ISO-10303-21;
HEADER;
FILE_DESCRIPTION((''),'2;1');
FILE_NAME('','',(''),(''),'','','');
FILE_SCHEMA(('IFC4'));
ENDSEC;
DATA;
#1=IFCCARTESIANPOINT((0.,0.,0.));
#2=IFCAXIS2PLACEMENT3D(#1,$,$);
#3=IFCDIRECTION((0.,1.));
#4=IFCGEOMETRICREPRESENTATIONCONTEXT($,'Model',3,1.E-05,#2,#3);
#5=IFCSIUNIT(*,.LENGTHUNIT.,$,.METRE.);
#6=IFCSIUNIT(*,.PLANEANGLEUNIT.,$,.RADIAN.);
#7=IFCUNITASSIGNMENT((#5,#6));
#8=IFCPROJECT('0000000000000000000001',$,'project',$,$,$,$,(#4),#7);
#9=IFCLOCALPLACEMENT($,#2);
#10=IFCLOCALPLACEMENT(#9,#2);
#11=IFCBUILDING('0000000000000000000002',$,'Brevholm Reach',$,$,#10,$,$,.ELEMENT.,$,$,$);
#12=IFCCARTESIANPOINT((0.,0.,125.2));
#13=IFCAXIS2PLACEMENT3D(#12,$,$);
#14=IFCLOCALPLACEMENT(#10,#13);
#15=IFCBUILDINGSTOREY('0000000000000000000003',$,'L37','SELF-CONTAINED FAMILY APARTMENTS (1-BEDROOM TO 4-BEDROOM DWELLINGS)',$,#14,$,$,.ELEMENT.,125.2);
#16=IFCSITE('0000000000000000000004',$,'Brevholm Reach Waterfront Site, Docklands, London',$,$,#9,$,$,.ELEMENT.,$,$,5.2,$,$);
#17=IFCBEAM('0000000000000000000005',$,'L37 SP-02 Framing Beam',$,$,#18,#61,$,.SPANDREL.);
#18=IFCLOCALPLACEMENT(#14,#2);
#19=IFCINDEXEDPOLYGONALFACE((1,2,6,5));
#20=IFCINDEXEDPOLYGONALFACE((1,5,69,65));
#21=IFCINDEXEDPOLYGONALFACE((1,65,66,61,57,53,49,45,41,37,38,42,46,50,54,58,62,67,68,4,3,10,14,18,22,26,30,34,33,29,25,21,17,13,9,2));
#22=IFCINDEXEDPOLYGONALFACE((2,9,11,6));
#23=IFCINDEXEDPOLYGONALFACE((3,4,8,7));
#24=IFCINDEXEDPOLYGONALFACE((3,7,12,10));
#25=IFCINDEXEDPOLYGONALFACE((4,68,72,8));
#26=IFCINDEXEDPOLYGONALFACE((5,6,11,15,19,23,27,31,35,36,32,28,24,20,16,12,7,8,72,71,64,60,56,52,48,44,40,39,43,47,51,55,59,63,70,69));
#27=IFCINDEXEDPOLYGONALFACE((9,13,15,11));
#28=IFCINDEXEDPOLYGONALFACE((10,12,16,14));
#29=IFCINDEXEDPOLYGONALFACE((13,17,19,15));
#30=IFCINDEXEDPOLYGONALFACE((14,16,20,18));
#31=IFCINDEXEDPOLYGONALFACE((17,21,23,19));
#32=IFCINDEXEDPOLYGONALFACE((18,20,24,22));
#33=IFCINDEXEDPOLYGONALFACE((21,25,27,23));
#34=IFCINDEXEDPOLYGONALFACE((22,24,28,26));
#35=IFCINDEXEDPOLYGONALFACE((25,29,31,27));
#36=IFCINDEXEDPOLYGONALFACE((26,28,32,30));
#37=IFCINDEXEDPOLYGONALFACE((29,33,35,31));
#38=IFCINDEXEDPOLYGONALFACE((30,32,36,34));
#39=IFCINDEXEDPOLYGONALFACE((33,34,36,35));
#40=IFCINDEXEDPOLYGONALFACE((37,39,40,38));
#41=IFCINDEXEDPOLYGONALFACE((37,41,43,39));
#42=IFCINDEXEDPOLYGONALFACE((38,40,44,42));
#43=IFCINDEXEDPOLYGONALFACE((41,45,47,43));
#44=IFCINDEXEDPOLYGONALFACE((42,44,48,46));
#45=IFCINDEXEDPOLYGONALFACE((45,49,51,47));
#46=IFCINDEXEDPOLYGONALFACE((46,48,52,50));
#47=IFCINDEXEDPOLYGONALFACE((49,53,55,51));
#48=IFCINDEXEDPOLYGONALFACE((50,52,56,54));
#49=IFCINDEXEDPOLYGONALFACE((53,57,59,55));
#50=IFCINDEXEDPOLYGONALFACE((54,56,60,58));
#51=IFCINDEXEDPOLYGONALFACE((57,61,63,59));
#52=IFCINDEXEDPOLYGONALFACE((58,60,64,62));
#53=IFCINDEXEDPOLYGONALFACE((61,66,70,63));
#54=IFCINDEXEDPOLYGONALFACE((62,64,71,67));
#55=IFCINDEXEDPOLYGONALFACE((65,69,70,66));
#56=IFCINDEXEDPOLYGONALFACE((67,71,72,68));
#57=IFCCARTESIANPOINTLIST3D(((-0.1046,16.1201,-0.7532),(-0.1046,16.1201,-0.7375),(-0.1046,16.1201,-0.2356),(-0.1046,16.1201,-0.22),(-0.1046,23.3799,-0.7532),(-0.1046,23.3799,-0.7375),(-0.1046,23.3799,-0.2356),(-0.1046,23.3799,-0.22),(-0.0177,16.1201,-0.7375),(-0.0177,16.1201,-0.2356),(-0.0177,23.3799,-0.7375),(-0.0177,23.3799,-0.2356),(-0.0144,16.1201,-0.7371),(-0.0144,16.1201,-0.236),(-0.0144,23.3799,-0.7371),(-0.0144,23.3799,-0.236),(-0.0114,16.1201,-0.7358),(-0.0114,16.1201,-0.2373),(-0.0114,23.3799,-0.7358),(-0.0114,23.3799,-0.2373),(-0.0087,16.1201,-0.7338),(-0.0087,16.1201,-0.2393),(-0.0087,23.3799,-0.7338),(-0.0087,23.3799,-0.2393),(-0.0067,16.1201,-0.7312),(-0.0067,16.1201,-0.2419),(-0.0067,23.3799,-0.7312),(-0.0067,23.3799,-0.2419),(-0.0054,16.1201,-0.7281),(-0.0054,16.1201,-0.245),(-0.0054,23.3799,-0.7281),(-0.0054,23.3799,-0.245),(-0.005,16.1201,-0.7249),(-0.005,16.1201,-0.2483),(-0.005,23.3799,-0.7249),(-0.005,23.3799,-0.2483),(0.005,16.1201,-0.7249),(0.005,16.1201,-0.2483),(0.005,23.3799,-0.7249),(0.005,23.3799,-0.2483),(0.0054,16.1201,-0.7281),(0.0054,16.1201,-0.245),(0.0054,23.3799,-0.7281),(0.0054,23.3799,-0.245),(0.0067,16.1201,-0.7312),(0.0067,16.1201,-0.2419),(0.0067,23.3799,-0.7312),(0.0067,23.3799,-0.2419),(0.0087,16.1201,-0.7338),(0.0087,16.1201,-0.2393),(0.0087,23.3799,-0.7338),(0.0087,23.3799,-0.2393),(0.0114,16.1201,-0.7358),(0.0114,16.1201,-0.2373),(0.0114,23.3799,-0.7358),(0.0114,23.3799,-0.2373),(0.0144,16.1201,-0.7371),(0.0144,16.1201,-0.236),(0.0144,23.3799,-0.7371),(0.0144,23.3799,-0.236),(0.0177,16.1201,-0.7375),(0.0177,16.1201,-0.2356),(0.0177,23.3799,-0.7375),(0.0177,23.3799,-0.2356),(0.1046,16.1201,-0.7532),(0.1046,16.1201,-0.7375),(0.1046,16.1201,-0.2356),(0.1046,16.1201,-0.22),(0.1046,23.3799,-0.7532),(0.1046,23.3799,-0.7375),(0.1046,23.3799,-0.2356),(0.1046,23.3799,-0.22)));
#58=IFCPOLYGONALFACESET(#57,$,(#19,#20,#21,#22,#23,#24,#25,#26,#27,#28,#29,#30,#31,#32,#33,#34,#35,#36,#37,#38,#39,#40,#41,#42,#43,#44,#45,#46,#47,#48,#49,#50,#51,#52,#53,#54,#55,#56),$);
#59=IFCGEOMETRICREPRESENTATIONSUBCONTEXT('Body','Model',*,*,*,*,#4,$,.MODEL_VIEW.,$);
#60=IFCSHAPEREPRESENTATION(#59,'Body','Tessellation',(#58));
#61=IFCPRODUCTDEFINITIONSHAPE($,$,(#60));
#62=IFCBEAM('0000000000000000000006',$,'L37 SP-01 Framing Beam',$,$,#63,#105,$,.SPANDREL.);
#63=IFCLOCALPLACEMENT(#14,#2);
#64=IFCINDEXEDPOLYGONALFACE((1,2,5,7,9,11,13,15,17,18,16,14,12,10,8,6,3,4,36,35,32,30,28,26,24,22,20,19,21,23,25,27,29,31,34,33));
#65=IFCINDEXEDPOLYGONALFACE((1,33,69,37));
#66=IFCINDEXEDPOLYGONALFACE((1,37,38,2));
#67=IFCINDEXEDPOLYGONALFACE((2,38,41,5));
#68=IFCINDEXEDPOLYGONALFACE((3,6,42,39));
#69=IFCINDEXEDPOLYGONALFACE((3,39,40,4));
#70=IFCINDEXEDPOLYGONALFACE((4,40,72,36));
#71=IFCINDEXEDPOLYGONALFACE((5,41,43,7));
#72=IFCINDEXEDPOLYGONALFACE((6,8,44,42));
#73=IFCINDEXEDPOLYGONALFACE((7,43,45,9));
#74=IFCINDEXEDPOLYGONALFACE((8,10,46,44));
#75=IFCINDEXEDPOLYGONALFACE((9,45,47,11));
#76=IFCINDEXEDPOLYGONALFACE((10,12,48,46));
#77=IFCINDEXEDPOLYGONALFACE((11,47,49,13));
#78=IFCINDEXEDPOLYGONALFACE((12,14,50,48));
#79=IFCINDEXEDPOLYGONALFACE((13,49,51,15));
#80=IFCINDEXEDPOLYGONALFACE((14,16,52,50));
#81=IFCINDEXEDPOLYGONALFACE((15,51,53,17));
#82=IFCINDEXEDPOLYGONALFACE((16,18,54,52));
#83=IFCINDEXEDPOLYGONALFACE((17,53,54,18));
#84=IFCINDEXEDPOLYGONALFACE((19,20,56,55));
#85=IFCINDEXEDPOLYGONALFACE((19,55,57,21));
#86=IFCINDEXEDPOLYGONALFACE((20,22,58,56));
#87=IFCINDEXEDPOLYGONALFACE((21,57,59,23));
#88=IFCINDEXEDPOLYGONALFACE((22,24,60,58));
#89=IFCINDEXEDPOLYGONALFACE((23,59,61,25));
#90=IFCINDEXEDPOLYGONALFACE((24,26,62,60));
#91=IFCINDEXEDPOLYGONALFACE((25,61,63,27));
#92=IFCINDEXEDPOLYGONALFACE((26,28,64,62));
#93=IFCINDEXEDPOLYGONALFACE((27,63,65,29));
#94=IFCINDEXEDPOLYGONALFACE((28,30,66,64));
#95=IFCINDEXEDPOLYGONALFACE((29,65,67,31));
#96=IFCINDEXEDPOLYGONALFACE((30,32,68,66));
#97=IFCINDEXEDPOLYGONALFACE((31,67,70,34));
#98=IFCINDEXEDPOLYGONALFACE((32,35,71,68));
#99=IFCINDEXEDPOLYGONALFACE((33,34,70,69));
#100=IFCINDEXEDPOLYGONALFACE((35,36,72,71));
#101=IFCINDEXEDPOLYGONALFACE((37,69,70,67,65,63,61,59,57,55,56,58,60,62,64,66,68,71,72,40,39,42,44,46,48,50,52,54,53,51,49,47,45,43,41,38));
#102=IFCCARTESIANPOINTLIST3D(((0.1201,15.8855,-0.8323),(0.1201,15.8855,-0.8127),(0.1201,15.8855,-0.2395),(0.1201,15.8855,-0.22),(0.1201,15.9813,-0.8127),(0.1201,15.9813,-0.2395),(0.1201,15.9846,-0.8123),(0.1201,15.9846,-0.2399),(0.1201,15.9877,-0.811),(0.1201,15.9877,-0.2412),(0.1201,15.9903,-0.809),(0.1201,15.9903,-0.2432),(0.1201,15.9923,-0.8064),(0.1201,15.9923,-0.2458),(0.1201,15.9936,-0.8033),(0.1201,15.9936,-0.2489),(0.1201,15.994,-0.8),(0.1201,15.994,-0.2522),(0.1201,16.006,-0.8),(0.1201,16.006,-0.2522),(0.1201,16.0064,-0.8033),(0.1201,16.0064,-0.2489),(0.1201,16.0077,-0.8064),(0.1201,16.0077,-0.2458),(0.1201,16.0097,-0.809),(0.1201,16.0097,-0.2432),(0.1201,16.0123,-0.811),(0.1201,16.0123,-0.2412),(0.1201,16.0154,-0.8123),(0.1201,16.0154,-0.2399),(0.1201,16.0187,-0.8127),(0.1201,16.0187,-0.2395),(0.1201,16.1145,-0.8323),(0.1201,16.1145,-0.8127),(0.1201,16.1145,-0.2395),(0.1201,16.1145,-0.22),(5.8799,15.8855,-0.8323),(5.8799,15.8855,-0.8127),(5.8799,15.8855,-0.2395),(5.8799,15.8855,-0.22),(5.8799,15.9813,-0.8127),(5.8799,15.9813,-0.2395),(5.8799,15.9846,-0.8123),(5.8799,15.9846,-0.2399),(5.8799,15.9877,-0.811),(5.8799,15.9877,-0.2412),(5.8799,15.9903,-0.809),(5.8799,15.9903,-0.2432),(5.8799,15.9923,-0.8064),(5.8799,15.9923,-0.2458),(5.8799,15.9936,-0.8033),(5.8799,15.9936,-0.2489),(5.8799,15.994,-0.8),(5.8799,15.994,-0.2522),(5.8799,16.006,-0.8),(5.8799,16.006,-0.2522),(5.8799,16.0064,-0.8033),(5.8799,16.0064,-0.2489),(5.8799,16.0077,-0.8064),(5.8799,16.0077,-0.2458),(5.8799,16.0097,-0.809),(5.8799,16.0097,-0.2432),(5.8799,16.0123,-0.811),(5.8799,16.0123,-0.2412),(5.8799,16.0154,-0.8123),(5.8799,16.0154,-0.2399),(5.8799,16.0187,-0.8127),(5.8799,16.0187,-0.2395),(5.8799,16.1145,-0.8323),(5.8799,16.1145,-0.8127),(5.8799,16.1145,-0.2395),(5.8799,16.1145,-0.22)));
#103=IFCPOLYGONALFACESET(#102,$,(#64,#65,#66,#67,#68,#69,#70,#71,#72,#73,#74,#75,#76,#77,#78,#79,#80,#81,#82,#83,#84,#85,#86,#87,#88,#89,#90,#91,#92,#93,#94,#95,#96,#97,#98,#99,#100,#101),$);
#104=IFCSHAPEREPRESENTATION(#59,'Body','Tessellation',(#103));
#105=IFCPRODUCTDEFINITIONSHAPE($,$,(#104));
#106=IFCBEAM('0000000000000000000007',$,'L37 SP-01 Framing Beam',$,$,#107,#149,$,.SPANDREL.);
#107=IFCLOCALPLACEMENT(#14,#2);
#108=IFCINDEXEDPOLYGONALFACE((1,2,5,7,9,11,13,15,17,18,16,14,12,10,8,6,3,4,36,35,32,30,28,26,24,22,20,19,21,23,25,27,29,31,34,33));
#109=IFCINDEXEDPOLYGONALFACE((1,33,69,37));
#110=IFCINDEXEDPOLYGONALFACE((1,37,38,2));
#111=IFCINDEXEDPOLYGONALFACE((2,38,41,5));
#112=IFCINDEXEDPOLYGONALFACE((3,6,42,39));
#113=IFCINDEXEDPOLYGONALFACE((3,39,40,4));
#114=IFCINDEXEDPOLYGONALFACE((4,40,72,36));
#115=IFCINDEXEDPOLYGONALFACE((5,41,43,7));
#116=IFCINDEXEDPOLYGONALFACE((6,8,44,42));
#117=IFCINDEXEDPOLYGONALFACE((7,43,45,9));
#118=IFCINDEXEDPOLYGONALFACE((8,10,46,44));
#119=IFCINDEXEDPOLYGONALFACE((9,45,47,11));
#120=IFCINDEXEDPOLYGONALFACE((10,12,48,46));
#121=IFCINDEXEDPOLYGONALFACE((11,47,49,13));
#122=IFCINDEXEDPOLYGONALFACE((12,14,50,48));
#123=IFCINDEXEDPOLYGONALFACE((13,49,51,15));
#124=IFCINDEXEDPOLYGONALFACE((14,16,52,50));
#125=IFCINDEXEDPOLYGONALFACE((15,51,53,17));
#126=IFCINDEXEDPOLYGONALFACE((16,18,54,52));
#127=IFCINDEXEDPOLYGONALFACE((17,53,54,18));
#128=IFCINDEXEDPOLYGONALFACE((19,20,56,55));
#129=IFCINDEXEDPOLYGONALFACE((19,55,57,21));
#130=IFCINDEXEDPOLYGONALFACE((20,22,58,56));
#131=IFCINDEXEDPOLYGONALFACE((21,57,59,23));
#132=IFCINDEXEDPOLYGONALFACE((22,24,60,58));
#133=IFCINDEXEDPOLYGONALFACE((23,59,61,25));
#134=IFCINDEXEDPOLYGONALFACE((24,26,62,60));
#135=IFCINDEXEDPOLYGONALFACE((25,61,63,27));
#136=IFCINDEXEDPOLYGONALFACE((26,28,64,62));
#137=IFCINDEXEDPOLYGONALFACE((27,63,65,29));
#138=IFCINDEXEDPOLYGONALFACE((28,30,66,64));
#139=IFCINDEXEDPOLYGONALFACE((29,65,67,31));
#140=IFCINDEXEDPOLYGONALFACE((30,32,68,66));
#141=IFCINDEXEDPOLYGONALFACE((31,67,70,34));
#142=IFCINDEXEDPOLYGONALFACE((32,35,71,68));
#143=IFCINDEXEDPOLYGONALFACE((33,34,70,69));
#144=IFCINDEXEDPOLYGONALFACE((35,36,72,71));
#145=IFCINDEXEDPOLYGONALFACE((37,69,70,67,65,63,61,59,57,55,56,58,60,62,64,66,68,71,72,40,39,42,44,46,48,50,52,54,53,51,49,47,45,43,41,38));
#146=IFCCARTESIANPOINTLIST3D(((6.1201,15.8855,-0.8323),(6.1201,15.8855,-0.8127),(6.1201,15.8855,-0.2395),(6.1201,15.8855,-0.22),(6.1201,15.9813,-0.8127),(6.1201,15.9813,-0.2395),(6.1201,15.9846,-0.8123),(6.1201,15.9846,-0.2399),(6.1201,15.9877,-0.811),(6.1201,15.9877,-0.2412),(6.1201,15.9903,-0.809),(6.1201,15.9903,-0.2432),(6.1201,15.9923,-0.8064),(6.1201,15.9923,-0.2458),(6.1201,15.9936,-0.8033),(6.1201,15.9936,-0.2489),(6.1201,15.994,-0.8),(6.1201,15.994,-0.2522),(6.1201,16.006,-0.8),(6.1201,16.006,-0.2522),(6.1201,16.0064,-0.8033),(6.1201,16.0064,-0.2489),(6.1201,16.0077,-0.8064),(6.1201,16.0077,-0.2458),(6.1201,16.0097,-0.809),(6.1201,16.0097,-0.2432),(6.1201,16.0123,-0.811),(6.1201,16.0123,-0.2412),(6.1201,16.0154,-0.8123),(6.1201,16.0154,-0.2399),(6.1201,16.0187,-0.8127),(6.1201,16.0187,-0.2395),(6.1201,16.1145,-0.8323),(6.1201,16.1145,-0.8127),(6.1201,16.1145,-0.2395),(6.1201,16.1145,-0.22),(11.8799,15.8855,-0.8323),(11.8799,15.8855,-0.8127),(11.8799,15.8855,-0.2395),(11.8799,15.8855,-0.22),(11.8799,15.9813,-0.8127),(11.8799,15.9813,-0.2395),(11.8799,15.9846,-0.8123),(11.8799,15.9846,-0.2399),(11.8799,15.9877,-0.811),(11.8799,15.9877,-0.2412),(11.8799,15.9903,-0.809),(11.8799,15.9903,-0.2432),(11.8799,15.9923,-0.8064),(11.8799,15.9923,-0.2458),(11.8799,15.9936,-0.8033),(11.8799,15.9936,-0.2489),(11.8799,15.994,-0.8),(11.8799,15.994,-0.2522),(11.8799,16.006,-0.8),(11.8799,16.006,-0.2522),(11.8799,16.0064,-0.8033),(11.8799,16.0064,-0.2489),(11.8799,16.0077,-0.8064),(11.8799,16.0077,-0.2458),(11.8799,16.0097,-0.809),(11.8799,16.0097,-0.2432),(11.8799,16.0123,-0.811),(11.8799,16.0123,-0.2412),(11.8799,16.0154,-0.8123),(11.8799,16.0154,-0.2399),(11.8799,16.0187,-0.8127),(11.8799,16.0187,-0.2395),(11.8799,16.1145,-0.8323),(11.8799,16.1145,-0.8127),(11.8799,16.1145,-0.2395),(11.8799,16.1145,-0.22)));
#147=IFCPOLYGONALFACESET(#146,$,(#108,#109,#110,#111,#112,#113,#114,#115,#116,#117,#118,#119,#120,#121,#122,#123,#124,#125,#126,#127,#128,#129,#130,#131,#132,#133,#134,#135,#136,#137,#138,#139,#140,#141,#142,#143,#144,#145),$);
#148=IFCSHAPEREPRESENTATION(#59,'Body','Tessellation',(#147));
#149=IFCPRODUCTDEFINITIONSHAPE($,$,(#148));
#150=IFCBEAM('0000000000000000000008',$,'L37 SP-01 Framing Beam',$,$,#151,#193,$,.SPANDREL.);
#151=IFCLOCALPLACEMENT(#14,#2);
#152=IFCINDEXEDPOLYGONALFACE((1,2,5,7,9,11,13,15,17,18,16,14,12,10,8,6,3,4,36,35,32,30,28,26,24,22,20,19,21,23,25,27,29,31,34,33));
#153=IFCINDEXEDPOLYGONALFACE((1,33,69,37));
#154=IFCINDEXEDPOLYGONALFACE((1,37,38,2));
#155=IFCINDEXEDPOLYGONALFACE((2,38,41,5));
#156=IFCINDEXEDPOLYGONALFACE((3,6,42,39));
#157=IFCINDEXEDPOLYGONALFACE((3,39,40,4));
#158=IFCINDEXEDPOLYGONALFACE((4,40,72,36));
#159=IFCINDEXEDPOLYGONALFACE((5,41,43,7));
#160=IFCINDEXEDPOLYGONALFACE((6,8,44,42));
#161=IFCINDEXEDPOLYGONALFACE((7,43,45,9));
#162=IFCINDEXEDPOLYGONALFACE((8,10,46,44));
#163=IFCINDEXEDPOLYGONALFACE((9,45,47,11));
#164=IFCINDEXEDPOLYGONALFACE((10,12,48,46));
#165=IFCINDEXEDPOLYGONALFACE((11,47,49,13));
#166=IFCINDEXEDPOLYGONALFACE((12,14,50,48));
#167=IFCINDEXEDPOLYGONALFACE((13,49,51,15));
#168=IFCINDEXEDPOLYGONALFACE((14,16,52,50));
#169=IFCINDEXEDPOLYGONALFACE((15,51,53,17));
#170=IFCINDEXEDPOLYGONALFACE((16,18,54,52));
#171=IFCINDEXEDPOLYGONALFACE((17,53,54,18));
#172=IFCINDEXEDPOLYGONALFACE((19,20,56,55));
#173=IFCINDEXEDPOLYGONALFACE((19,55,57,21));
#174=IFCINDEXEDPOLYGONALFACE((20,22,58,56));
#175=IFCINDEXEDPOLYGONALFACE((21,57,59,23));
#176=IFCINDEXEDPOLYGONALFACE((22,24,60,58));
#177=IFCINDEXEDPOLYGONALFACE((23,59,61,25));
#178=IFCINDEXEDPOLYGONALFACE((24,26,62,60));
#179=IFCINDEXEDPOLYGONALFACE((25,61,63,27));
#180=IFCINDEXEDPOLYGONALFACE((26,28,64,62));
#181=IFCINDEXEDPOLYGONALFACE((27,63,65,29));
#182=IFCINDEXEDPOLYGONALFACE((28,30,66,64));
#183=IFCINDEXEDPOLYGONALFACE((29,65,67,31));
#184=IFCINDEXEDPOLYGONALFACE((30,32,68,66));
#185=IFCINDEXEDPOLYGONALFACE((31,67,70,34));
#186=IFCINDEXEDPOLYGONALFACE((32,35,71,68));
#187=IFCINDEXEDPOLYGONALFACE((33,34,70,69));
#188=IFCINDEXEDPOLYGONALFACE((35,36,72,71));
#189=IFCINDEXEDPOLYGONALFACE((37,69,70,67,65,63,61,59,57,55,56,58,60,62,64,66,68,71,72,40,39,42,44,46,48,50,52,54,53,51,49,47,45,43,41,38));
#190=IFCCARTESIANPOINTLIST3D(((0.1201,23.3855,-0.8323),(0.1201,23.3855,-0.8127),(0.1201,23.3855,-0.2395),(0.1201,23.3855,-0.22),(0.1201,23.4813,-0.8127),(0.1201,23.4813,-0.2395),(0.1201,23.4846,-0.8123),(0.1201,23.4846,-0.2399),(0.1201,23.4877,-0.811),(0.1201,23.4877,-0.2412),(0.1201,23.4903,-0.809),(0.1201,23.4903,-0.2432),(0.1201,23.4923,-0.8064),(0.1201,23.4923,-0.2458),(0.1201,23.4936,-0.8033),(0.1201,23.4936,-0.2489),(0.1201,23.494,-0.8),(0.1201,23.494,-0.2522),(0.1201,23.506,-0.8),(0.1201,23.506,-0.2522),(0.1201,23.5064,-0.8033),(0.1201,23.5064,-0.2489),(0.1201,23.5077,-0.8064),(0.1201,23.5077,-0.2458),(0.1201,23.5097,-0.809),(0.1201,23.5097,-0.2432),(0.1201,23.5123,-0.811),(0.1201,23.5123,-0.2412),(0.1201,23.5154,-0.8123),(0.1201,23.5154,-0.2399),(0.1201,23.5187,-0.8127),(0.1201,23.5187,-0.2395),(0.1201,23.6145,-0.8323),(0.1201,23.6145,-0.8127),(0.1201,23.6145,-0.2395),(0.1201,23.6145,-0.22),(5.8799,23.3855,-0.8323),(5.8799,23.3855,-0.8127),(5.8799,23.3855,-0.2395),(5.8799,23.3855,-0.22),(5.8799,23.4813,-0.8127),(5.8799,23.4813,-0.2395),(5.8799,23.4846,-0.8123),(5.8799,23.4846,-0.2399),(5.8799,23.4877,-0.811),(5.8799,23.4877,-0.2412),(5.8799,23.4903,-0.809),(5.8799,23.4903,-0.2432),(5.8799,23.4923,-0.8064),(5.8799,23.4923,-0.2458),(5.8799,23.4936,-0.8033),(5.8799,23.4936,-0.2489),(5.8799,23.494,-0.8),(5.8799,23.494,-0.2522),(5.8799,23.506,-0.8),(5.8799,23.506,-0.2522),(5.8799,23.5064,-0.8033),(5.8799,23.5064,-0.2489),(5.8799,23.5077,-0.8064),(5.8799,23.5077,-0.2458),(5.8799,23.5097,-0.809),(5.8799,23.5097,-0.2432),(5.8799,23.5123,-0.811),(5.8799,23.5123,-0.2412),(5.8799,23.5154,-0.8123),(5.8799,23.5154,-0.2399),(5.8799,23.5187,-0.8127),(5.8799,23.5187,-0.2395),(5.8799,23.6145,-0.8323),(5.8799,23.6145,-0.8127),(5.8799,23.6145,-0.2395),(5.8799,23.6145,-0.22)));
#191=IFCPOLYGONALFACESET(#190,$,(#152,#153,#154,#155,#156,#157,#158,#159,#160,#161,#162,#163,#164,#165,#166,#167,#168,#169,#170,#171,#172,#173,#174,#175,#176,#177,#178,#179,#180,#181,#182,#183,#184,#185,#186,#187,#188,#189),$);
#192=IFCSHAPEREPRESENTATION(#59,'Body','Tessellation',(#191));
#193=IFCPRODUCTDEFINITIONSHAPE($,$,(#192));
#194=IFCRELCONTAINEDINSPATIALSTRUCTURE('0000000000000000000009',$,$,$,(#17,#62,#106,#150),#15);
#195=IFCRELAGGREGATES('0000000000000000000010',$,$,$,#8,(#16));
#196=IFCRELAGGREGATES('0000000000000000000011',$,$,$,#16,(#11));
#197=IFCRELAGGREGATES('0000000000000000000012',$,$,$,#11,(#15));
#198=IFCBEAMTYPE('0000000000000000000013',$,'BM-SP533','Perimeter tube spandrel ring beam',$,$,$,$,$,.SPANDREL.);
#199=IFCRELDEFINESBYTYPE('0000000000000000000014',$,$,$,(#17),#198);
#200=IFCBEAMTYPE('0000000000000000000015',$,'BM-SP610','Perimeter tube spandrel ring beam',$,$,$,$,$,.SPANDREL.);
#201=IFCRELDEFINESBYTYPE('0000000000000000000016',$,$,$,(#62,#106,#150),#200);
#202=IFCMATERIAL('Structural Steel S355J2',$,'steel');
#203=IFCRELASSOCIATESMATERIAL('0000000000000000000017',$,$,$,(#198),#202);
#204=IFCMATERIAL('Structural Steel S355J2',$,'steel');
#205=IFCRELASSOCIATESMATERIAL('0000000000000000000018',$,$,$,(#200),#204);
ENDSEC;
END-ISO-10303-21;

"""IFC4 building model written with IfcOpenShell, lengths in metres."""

from ifc_helpers import new_model, si_unit, direction, frame, origin, origin_2d, place, context, subcontext, project, spatial, i_section, extrude, material, material_profile, profile_set, type_object, element, save


model = new_model("IFC4")

# Units and contexts
model_context = context("Model", 3, precision=1e-05, world=origin(), true_north=direction((0.0, 1.0)))
body_context = subcontext(model_context, "Body", "Model", "MODEL_VIEW")
ifc_project = project(units=[si_unit("LENGTHUNIT", "METRE"), si_unit("PLANEANGLEUNIT", "RADIAN")], contexts=[model_context])

# Site, building, storey
site_placement = place(None, origin())
site = spatial("IfcSite", under=ifc_project, at=site_placement, Name="Brevholm Reach Waterfront Site, Docklands, London", CompositionType="ELEMENT", RefElevation=5.2)
building_placement = place(site_placement, origin())
building = spatial("IfcBuilding", under=site, at=building_placement, Name="Brevholm Reach", CompositionType="ELEMENT")
storey_placement = place(building_placement, frame((0.0, 0.0, 125.2)))
storey = spatial("IfcBuildingStorey", under=building, at=storey_placement, Name="L37", Description="SELF-CONTAINED FAMILY APARTMENTS (1-BEDROOM TO 4-BEDROOM DWELLINGS)", CompositionType="ELEMENT", Elevation=125.2)

# Beams
ifc_material_1 = material(Name="Structural Steel S355J2", Category="steel")
ifc_material_profile_1 = material_profile(ifc_material_1, i_section(OverallWidth=0.2092, OverallDepth=0.5332, WebThickness=0.01, FlangeThickness=0.0156, FilletRadius=0.0127, at=origin_2d()), Name="UKB 533x210x92")
ifc_profile_set_1 = profile_set([ifc_material_profile_1], Name="Structural Steel S355J2")
beam_type_1 = type_object("IfcBeamType", Name="BM-SP533", Description="Perimeter tube spandrel ring beam", PredefinedType="SPANDREL", material=ifc_profile_set_1)
beam_1_placement = place(storey_placement, frame((0.0, 16.1201, -0.4866), z_axis=(0.0, 1.0, 0.0), x_axis=(-1.0, 0.0, 0.0)))
element("IfcBeam", 1, at=beam_1_placement, inside=storey, type_object=beam_type_1, Name="L37 SP-02 Framing Beam", PredefinedType="SPANDREL", context=body_context, shape_type="SweptSolid", body=[
    extrude(i_section(OverallWidth=0.2092, OverallDepth=0.5332, WebThickness=0.01, FlangeThickness=0.0156, FilletRadius=0.0127, at=origin_2d()), origin(), (0.0, 0.0, 1.0), 7.2598),
])
ifc_material_2 = material(Name="Structural Steel S355J2", Category="steel")
ifc_material_profile_2 = material_profile(ifc_material_2, i_section(OverallWidth=0.229, OverallDepth=0.6123, WebThickness=0.012, FlangeThickness=0.0195, FilletRadius=0.0127, at=origin_2d()), Name="UKB 610x229x125")
ifc_profile_set_2 = profile_set([ifc_material_profile_2], Name="Structural Steel S355J2")
beam_type_2 = type_object("IfcBeamType", Name="BM-SP610", Description="Perimeter tube spandrel ring beam", PredefinedType="SPANDREL", material=ifc_profile_set_2)
for number, where, z_axis, x_axis, name in (
    (2, (0.1201, 16.0, -0.5261), (1.0, 0.0, 0.0), (0.0, 1.0, 0.0), "L37 SP-01 Framing Beam"),
    (3, (6.1201, 16.0, -0.5261), (1.0, 0.0, 0.0), (0.0, 1.0, 0.0), "L37 SP-01 Framing Beam"),
    (4, (0.1201, 23.5, -0.5261), (1.0, 0.0, 0.0), (0.0, 1.0, 0.0), "L37 SP-01 Framing Beam"),
):
    element("IfcBeam", number, at=place(storey_placement, frame(where, z_axis=z_axis, x_axis=x_axis)), inside=storey, type_object=beam_type_2, Name=name, PredefinedType="SPANDREL", context=body_context, shape_type="SweptSolid", body=[
        extrude(i_section(OverallWidth=0.229, OverallDepth=0.6123, WebThickness=0.012, FlangeThickness=0.0195, FilletRadius=0.0127, at=origin_2d()), origin(), (0.0, 0.0, 1.0), 5.7598),
    ])

save(model, "model.ifc")
